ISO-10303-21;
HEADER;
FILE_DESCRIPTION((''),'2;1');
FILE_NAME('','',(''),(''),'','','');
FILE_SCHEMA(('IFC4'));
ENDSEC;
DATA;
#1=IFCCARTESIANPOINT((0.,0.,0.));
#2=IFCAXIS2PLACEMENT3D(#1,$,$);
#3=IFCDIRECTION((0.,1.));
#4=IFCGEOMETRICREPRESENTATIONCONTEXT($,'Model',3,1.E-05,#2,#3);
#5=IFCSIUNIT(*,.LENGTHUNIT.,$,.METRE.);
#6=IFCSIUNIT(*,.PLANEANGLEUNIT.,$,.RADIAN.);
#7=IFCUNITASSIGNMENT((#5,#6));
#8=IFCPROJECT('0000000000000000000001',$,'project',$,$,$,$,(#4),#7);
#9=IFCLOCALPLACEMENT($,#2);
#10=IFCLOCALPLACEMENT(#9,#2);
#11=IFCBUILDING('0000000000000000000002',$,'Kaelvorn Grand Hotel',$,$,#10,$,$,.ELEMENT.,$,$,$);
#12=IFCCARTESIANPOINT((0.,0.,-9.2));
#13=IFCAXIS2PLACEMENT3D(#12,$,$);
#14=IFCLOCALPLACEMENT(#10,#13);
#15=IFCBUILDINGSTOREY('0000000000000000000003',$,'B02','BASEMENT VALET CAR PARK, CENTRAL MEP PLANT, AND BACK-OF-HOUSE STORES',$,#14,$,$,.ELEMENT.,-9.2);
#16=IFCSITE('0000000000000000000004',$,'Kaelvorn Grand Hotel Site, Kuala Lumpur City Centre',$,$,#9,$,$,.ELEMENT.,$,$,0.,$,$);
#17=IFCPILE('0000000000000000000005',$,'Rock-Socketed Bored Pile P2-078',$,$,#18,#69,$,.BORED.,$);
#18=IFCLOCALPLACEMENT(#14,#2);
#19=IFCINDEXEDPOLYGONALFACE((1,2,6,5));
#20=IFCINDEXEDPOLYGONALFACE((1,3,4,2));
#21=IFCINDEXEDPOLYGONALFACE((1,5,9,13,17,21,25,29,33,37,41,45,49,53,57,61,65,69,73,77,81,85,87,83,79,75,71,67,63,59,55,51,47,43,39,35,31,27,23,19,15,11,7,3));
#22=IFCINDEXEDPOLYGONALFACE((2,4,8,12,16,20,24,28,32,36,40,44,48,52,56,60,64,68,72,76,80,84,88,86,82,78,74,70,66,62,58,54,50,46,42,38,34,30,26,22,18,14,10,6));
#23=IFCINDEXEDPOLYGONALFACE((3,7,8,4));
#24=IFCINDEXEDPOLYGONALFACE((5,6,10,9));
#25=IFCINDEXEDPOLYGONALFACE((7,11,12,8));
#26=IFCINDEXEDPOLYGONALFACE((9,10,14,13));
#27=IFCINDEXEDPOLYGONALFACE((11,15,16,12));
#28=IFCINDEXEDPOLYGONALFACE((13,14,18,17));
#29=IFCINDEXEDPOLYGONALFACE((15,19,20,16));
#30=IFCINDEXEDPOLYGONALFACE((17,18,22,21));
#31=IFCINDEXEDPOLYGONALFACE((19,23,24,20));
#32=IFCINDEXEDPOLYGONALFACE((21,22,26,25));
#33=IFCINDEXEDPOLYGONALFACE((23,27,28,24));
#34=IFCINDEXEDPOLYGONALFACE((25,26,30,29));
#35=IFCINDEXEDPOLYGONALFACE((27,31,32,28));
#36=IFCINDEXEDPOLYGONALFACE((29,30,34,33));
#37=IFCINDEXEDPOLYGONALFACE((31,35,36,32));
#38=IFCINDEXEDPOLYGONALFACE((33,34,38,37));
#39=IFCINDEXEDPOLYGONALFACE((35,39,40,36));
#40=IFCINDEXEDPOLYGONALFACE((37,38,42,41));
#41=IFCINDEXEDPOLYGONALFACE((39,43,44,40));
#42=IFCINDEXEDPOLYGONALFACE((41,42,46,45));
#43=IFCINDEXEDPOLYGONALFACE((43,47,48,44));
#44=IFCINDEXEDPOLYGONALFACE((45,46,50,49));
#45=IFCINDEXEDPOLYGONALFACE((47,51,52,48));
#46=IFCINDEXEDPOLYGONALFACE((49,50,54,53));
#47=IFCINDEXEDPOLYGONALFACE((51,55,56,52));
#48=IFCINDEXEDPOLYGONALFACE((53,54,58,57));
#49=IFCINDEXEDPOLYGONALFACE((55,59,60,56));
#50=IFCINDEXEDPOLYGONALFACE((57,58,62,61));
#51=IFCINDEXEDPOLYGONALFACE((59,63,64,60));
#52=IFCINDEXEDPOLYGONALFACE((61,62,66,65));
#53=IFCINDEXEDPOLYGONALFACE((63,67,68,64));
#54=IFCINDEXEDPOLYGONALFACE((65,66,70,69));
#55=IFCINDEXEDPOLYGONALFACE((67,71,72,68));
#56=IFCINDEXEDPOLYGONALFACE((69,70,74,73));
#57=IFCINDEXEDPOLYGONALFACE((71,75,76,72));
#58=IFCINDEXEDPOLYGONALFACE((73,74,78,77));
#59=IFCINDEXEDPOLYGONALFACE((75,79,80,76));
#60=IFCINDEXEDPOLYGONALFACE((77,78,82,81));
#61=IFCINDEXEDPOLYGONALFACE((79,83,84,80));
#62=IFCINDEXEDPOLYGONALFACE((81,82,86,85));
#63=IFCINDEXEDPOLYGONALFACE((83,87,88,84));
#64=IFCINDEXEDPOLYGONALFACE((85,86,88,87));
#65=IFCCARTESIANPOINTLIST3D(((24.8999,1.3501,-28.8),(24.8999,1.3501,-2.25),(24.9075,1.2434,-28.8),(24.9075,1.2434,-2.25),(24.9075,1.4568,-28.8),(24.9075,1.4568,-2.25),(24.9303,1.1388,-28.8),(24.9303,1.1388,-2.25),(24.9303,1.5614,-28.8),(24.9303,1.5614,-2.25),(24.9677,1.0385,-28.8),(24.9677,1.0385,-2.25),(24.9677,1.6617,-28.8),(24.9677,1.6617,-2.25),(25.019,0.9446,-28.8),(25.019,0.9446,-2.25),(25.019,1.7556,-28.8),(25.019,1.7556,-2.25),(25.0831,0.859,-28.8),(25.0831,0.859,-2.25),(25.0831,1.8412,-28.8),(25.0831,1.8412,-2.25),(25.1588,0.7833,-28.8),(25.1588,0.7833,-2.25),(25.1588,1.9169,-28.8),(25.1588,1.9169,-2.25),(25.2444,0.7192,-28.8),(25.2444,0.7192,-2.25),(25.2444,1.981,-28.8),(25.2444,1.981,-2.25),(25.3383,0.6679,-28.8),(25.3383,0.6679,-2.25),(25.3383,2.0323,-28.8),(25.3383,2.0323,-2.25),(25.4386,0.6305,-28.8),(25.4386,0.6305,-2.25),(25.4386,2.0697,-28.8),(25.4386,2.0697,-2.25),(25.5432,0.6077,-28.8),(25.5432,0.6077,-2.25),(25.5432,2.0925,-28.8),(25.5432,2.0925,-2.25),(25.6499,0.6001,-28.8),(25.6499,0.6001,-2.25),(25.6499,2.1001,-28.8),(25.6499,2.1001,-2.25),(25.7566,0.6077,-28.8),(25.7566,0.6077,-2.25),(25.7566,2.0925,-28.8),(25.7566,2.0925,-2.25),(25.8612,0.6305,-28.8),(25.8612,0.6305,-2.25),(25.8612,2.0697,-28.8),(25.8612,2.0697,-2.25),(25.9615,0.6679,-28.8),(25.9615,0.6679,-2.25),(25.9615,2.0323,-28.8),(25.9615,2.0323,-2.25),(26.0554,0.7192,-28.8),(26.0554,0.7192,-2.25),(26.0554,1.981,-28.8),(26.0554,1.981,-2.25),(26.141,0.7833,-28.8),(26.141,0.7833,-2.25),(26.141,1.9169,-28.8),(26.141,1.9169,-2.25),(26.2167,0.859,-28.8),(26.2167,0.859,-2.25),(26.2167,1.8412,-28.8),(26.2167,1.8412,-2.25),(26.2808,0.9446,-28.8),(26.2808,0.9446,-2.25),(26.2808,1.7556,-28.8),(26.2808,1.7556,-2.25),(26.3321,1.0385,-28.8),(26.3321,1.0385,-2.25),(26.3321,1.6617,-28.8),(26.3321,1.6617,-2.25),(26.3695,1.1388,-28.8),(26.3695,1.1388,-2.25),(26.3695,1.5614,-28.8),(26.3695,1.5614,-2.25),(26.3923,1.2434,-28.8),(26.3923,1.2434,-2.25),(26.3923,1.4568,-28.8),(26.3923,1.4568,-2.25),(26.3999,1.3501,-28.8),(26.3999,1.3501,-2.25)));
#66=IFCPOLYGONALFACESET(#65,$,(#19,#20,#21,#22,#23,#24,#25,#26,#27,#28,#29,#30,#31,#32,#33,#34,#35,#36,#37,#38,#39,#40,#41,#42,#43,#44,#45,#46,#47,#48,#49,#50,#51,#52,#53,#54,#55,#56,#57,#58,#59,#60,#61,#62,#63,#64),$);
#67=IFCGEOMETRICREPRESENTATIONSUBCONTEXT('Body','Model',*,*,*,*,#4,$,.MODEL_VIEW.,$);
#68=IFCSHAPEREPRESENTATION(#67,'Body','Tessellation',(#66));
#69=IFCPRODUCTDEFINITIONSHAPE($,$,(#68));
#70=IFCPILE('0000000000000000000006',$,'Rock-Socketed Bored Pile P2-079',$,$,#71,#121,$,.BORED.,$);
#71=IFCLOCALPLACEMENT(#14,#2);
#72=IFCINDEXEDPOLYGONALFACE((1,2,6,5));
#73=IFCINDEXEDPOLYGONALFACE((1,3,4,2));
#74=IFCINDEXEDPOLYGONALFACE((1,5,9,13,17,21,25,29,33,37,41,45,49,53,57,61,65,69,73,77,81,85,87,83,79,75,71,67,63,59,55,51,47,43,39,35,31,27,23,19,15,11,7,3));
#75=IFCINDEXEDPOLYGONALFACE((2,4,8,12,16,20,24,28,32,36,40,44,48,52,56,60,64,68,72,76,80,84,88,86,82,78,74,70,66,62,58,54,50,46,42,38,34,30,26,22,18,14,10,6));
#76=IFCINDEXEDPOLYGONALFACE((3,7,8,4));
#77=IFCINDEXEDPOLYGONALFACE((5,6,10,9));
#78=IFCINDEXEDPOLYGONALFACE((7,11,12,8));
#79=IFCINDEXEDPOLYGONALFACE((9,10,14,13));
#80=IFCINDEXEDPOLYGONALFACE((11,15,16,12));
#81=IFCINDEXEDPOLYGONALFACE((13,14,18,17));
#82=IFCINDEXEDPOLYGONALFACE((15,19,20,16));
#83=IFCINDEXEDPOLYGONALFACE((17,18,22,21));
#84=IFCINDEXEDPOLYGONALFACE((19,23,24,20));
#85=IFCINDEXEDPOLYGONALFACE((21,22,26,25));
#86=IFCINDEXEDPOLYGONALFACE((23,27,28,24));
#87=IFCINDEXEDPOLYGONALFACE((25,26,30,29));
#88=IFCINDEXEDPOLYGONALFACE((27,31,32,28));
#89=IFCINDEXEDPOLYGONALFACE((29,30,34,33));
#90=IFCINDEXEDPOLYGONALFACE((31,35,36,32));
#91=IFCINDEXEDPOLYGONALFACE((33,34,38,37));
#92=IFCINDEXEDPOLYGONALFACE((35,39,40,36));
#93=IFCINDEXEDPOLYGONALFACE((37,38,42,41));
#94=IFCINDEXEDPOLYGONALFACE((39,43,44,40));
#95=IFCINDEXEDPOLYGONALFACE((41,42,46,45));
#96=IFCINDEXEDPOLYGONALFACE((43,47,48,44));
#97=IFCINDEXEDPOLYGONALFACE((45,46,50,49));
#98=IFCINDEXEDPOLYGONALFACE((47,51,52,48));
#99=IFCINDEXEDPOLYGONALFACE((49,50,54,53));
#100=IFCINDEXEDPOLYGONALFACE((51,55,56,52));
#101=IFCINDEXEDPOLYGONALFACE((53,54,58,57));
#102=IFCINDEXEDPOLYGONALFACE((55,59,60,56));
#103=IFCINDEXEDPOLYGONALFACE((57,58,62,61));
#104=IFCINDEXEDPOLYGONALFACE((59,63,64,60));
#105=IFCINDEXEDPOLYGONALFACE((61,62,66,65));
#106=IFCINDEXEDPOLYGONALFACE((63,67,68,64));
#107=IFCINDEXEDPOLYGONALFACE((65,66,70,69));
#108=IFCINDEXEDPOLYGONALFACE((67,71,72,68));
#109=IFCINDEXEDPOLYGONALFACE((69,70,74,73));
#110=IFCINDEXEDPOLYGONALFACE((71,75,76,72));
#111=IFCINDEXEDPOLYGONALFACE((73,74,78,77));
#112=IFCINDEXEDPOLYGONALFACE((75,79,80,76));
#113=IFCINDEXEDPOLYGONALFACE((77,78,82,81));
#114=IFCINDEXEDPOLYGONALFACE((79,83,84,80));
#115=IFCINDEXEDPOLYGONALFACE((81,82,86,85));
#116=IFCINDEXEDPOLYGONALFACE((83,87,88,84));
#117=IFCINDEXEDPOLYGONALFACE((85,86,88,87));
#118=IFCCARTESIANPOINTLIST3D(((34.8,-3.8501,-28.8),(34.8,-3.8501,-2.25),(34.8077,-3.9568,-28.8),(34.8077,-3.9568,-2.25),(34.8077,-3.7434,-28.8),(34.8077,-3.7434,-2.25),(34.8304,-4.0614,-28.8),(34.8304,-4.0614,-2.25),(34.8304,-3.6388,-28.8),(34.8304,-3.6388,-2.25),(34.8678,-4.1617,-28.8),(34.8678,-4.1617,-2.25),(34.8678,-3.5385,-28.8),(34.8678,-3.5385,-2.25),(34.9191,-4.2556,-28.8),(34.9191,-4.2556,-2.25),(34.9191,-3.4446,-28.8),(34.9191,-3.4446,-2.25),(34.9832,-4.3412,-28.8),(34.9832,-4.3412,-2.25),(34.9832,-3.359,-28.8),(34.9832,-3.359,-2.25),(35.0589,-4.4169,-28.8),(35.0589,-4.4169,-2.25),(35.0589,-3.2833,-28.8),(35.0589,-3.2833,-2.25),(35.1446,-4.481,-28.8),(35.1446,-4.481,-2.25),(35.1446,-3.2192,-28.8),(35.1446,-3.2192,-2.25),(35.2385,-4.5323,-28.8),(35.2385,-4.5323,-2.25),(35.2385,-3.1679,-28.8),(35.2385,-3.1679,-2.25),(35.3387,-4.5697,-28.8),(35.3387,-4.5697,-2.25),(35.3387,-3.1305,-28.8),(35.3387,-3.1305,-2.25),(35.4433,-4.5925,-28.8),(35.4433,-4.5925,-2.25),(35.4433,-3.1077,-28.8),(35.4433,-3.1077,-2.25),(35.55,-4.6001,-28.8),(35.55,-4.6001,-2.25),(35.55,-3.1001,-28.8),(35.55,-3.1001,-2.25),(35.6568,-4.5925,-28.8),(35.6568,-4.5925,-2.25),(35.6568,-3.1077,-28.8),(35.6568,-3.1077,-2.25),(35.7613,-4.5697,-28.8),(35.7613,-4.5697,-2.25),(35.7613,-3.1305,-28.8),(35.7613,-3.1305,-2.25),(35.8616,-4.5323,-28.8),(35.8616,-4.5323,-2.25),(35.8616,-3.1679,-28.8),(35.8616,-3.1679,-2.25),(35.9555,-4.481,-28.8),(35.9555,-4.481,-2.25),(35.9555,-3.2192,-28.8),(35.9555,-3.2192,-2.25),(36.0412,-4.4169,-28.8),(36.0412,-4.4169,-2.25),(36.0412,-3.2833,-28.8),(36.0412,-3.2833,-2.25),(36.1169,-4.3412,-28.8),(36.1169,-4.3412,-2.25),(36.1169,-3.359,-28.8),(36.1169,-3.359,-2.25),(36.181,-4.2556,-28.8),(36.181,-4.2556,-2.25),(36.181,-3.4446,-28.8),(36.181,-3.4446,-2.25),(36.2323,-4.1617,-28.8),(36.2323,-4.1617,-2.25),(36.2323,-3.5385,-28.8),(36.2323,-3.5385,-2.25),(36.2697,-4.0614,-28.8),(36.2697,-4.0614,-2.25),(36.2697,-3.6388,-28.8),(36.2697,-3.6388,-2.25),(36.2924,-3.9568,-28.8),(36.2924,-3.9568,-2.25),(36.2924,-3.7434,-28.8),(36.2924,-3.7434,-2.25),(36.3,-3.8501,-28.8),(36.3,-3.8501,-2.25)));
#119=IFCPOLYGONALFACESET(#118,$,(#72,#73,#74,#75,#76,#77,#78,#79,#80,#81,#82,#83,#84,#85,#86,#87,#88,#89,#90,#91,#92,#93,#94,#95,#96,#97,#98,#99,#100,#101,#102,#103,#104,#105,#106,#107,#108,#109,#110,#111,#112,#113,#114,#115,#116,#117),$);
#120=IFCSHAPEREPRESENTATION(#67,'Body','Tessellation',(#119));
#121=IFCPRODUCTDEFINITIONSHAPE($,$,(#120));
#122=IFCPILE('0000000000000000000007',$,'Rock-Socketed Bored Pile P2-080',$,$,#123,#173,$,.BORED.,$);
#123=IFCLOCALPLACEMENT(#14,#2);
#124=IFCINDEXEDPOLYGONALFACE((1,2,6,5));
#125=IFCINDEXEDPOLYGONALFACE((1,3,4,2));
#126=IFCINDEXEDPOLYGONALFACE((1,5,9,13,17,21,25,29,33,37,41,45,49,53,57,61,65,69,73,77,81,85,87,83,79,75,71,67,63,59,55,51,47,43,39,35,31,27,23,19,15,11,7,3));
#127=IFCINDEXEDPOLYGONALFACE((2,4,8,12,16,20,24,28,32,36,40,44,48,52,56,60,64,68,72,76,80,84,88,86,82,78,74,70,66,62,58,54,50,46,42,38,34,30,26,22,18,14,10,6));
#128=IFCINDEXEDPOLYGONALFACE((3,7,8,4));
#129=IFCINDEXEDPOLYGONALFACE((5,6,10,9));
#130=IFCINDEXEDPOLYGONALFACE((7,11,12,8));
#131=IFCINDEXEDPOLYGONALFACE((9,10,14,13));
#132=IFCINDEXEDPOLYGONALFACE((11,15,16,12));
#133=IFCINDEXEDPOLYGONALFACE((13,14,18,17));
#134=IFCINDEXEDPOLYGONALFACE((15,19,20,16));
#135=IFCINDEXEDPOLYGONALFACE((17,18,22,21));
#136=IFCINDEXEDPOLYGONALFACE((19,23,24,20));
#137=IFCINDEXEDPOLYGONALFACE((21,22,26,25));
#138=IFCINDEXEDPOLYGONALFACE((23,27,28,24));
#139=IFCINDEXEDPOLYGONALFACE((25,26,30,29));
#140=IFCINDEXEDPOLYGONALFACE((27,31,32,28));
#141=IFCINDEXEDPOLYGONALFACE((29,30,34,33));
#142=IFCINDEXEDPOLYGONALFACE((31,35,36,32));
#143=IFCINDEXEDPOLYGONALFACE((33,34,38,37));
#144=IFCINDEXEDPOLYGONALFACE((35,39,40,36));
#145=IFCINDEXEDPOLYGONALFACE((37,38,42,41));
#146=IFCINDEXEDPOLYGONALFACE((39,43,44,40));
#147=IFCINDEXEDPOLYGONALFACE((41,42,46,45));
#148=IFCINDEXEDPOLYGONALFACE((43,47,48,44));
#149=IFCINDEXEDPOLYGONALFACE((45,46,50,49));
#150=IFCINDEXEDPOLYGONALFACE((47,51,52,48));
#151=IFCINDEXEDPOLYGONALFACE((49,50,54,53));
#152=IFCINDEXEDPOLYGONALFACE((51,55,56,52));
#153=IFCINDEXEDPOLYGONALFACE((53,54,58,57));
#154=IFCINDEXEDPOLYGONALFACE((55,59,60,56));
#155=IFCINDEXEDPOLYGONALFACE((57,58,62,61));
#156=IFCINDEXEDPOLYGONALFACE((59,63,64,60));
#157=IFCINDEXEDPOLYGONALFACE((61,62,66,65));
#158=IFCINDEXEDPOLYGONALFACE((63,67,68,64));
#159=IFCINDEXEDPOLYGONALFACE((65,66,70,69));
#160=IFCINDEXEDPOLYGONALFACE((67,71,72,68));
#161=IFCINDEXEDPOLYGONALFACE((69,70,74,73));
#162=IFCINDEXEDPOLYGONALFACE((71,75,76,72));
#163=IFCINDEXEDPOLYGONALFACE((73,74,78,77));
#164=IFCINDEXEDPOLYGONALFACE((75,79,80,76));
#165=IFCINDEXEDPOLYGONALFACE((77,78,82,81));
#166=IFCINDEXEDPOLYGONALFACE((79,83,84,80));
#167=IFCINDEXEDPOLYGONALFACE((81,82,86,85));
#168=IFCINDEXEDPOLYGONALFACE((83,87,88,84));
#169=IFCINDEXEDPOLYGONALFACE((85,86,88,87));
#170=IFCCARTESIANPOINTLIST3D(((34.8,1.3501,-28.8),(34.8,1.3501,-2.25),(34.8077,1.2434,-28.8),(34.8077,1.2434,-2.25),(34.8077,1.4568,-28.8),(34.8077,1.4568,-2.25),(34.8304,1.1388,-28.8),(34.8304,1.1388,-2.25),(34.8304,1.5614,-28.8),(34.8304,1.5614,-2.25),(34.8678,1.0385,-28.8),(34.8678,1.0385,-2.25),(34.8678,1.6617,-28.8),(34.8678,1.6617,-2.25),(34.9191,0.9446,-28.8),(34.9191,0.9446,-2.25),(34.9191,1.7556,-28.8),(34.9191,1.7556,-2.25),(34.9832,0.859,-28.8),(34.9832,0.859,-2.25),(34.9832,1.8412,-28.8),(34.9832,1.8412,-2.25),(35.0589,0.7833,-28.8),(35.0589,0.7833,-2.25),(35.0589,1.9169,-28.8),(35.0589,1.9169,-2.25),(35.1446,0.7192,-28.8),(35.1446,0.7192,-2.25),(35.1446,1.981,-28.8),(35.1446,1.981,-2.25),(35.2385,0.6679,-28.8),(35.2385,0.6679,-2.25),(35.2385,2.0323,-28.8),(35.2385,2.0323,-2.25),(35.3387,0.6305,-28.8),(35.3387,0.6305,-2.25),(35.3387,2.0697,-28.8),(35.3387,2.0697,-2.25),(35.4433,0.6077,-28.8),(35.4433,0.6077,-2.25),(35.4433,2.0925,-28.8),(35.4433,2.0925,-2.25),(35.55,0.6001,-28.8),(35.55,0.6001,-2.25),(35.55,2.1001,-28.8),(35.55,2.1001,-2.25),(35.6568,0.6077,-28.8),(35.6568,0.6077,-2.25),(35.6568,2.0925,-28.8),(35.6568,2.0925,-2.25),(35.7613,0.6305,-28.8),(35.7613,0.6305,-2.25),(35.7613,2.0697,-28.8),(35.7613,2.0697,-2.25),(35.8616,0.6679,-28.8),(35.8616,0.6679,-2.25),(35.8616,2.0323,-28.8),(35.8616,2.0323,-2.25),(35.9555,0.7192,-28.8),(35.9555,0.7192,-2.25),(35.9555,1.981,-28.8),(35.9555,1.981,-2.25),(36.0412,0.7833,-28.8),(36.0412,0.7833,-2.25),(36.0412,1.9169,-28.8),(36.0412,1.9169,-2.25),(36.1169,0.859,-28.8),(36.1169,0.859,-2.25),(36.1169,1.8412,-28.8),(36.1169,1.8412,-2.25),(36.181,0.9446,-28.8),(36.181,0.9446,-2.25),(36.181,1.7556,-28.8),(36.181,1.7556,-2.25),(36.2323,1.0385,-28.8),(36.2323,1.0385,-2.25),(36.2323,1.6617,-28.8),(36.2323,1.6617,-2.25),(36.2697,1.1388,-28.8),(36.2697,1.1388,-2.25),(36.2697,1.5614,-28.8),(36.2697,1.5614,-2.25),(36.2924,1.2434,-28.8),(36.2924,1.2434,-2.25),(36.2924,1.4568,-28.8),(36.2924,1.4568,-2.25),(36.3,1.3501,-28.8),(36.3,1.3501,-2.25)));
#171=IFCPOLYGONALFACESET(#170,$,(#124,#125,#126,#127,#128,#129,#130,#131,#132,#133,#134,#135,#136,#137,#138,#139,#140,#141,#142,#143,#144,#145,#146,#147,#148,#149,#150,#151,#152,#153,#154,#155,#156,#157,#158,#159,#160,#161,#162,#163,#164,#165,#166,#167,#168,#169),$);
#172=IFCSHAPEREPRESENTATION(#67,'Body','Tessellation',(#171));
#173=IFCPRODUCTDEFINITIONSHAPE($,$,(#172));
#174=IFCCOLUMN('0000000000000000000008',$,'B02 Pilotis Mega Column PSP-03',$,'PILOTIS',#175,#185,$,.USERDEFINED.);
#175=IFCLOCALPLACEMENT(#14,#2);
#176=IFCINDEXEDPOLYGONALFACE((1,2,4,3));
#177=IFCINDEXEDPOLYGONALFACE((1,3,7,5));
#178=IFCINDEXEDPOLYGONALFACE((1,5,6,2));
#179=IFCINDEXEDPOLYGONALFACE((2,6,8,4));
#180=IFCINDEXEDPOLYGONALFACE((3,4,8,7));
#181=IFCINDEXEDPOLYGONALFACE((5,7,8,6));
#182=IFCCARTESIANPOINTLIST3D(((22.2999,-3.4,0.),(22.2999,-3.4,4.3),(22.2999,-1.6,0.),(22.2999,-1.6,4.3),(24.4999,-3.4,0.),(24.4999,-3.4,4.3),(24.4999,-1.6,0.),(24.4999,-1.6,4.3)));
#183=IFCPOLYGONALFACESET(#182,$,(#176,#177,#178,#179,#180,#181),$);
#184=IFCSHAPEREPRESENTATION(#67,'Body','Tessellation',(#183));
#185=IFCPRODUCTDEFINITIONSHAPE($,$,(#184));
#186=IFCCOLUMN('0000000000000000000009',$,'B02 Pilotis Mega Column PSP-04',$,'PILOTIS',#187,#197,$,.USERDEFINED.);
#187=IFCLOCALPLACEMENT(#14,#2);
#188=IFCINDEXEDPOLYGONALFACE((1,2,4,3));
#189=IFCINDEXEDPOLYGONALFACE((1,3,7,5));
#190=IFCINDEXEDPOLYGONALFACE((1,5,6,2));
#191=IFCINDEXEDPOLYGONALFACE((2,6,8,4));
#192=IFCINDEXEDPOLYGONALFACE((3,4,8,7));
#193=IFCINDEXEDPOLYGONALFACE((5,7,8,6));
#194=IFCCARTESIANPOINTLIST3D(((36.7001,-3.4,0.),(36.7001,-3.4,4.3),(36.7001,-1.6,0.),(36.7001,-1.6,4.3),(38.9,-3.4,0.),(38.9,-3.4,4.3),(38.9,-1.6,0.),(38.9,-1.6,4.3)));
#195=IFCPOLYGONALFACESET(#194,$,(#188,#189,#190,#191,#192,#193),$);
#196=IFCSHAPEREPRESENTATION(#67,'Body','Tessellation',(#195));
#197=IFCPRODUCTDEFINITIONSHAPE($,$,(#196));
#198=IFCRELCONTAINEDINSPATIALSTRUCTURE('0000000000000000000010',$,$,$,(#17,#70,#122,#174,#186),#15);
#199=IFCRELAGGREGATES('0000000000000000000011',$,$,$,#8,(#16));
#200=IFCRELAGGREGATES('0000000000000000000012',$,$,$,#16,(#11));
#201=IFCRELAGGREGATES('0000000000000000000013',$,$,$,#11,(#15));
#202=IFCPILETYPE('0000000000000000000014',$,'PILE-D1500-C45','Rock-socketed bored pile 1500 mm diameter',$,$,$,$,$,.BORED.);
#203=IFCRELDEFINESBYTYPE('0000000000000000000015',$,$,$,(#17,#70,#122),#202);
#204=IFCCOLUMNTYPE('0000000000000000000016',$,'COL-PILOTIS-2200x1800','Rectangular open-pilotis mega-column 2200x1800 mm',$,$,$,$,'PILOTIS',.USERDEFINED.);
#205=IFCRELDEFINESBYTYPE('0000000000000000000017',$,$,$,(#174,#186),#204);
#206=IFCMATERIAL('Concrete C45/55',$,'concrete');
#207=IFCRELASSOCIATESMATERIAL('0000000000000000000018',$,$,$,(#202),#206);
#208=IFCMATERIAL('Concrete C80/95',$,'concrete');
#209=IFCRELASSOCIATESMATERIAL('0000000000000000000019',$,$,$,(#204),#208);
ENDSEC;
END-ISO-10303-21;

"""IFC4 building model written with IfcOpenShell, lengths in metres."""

from ifc_helpers import new_model, si_unit, direction, frame, origin, origin_2d, place, context, subcontext, project, spatial, rectangle, circle, extrude, material, material_profile, profile_set, type_object, element, save


model = new_model("IFC4")

# Units and contexts
model_context = context("Model", 3, precision=1e-05, world=origin(), true_north=direction((0.0, 1.0)))
body_context = subcontext(model_context, "Body", "Model", "MODEL_VIEW")
ifc_project = project(units=[si_unit("LENGTHUNIT", "METRE"), si_unit("PLANEANGLEUNIT", "RADIAN")], contexts=[model_context])

# Site, building, storey
site_placement = place(None, origin())
site = spatial("IfcSite", under=ifc_project, at=site_placement, Name="Kaelvorn Grand Hotel Site, Kuala Lumpur City Centre", CompositionType="ELEMENT", RefElevation=0.0)
building_placement = place(site_placement, origin())
building = spatial("IfcBuilding", under=site, at=building_placement, Name="Kaelvorn Grand Hotel", CompositionType="ELEMENT")
storey_placement = place(building_placement, frame((0.0, 0.0, -9.2)))
storey = spatial("IfcBuildingStorey", under=building, at=storey_placement, Name="B02", Description="BASEMENT VALET CAR PARK, CENTRAL MEP PLANT, AND BACK-OF-HOUSE STORES", CompositionType="ELEMENT", Elevation=-9.2)

# Piles
ifc_material_1 = material(Name="Concrete C45/55", Category="concrete")
ifc_material_profile_1 = material_profile(ifc_material_1, circle(Radius=0.75, at=origin_2d()), Name="BORED PILE D1500")
ifc_profile_set_1 = profile_set([ifc_material_profile_1], Name="Concrete C45/55")
pile_type = type_object("IfcPileType", Name="PILE-D1500-C45", Description="Rock-socketed bored pile 1500 mm diameter", PredefinedType="BORED", material=ifc_profile_set_1)
for number, where, z_axis, x_axis, name in (
    (1, (25.6499, 1.3501, -2.25), (0.0, 0.0, -1.0), (1.0, 0.0, 0.0), "Rock-Socketed Bored Pile P2-078"),
    (2, (35.55, -3.8501, -2.25), (0.0, 0.0, -1.0), (1.0, 0.0, 0.0), "Rock-Socketed Bored Pile P2-079"),
    (3, (35.55, 1.3501, -2.25), (0.0, 0.0, -1.0), (1.0, 0.0, 0.0), "Rock-Socketed Bored Pile P2-080"),
):
    element("IfcPile", number, at=place(storey_placement, frame(where, z_axis=z_axis, x_axis=x_axis)), inside=storey, type_object=pile_type, Name=name, PredefinedType="BORED", context=body_context, shape_type="SweptSolid", body=[
        extrude(circle(Radius=0.75, at=origin_2d()), origin(), (0.0, 0.0, 1.0), 26.55),
    ])

# Columns
ifc_material_2 = material(Name="Concrete C80/95", Category="concrete")
ifc_material_profile_2 = material_profile(ifc_material_2, rectangle(XDim=2.2, YDim=1.8, at=origin_2d()), Name="PILOTIS 2200x1800")
ifc_profile_set_2 = profile_set([ifc_material_profile_2], Name="Concrete C80/95")
column_type_1 = type_object("IfcColumnType", Name="COL-PILOTIS-2200x1800", Description="Rectangular open-pilotis mega-column 2200x1800 mm", ElementType="PILOTIS", PredefinedType="USERDEFINED", material=ifc_profile_set_2)
for number, where, z_axis, x_axis, name in (
    (4, (23.3999, -2.5, 0.0), (0.0, 0.0, 1.0), (1.0, 0.0, 0.0), "B02 Pilotis Mega Column PSP-03"),
    (5, (37.8, -2.5, 0.0), (0.0, 0.0, 1.0), (1.0, 0.0, 0.0), "B02 Pilotis Mega Column PSP-04"),
):
    element("IfcColumn", number, at=place(storey_placement, frame(where, z_axis=z_axis, x_axis=x_axis)), inside=storey, type_object=column_type_1, Name=name, ObjectType="PILOTIS", PredefinedType="USERDEFINED", context=body_context, shape_type="SweptSolid", body=[
        extrude(rectangle(XDim=2.2, YDim=1.8, at=origin_2d()), origin(), (0.0, 0.0, 1.0), 4.3),
    ])

save(model, "model.ifc")
